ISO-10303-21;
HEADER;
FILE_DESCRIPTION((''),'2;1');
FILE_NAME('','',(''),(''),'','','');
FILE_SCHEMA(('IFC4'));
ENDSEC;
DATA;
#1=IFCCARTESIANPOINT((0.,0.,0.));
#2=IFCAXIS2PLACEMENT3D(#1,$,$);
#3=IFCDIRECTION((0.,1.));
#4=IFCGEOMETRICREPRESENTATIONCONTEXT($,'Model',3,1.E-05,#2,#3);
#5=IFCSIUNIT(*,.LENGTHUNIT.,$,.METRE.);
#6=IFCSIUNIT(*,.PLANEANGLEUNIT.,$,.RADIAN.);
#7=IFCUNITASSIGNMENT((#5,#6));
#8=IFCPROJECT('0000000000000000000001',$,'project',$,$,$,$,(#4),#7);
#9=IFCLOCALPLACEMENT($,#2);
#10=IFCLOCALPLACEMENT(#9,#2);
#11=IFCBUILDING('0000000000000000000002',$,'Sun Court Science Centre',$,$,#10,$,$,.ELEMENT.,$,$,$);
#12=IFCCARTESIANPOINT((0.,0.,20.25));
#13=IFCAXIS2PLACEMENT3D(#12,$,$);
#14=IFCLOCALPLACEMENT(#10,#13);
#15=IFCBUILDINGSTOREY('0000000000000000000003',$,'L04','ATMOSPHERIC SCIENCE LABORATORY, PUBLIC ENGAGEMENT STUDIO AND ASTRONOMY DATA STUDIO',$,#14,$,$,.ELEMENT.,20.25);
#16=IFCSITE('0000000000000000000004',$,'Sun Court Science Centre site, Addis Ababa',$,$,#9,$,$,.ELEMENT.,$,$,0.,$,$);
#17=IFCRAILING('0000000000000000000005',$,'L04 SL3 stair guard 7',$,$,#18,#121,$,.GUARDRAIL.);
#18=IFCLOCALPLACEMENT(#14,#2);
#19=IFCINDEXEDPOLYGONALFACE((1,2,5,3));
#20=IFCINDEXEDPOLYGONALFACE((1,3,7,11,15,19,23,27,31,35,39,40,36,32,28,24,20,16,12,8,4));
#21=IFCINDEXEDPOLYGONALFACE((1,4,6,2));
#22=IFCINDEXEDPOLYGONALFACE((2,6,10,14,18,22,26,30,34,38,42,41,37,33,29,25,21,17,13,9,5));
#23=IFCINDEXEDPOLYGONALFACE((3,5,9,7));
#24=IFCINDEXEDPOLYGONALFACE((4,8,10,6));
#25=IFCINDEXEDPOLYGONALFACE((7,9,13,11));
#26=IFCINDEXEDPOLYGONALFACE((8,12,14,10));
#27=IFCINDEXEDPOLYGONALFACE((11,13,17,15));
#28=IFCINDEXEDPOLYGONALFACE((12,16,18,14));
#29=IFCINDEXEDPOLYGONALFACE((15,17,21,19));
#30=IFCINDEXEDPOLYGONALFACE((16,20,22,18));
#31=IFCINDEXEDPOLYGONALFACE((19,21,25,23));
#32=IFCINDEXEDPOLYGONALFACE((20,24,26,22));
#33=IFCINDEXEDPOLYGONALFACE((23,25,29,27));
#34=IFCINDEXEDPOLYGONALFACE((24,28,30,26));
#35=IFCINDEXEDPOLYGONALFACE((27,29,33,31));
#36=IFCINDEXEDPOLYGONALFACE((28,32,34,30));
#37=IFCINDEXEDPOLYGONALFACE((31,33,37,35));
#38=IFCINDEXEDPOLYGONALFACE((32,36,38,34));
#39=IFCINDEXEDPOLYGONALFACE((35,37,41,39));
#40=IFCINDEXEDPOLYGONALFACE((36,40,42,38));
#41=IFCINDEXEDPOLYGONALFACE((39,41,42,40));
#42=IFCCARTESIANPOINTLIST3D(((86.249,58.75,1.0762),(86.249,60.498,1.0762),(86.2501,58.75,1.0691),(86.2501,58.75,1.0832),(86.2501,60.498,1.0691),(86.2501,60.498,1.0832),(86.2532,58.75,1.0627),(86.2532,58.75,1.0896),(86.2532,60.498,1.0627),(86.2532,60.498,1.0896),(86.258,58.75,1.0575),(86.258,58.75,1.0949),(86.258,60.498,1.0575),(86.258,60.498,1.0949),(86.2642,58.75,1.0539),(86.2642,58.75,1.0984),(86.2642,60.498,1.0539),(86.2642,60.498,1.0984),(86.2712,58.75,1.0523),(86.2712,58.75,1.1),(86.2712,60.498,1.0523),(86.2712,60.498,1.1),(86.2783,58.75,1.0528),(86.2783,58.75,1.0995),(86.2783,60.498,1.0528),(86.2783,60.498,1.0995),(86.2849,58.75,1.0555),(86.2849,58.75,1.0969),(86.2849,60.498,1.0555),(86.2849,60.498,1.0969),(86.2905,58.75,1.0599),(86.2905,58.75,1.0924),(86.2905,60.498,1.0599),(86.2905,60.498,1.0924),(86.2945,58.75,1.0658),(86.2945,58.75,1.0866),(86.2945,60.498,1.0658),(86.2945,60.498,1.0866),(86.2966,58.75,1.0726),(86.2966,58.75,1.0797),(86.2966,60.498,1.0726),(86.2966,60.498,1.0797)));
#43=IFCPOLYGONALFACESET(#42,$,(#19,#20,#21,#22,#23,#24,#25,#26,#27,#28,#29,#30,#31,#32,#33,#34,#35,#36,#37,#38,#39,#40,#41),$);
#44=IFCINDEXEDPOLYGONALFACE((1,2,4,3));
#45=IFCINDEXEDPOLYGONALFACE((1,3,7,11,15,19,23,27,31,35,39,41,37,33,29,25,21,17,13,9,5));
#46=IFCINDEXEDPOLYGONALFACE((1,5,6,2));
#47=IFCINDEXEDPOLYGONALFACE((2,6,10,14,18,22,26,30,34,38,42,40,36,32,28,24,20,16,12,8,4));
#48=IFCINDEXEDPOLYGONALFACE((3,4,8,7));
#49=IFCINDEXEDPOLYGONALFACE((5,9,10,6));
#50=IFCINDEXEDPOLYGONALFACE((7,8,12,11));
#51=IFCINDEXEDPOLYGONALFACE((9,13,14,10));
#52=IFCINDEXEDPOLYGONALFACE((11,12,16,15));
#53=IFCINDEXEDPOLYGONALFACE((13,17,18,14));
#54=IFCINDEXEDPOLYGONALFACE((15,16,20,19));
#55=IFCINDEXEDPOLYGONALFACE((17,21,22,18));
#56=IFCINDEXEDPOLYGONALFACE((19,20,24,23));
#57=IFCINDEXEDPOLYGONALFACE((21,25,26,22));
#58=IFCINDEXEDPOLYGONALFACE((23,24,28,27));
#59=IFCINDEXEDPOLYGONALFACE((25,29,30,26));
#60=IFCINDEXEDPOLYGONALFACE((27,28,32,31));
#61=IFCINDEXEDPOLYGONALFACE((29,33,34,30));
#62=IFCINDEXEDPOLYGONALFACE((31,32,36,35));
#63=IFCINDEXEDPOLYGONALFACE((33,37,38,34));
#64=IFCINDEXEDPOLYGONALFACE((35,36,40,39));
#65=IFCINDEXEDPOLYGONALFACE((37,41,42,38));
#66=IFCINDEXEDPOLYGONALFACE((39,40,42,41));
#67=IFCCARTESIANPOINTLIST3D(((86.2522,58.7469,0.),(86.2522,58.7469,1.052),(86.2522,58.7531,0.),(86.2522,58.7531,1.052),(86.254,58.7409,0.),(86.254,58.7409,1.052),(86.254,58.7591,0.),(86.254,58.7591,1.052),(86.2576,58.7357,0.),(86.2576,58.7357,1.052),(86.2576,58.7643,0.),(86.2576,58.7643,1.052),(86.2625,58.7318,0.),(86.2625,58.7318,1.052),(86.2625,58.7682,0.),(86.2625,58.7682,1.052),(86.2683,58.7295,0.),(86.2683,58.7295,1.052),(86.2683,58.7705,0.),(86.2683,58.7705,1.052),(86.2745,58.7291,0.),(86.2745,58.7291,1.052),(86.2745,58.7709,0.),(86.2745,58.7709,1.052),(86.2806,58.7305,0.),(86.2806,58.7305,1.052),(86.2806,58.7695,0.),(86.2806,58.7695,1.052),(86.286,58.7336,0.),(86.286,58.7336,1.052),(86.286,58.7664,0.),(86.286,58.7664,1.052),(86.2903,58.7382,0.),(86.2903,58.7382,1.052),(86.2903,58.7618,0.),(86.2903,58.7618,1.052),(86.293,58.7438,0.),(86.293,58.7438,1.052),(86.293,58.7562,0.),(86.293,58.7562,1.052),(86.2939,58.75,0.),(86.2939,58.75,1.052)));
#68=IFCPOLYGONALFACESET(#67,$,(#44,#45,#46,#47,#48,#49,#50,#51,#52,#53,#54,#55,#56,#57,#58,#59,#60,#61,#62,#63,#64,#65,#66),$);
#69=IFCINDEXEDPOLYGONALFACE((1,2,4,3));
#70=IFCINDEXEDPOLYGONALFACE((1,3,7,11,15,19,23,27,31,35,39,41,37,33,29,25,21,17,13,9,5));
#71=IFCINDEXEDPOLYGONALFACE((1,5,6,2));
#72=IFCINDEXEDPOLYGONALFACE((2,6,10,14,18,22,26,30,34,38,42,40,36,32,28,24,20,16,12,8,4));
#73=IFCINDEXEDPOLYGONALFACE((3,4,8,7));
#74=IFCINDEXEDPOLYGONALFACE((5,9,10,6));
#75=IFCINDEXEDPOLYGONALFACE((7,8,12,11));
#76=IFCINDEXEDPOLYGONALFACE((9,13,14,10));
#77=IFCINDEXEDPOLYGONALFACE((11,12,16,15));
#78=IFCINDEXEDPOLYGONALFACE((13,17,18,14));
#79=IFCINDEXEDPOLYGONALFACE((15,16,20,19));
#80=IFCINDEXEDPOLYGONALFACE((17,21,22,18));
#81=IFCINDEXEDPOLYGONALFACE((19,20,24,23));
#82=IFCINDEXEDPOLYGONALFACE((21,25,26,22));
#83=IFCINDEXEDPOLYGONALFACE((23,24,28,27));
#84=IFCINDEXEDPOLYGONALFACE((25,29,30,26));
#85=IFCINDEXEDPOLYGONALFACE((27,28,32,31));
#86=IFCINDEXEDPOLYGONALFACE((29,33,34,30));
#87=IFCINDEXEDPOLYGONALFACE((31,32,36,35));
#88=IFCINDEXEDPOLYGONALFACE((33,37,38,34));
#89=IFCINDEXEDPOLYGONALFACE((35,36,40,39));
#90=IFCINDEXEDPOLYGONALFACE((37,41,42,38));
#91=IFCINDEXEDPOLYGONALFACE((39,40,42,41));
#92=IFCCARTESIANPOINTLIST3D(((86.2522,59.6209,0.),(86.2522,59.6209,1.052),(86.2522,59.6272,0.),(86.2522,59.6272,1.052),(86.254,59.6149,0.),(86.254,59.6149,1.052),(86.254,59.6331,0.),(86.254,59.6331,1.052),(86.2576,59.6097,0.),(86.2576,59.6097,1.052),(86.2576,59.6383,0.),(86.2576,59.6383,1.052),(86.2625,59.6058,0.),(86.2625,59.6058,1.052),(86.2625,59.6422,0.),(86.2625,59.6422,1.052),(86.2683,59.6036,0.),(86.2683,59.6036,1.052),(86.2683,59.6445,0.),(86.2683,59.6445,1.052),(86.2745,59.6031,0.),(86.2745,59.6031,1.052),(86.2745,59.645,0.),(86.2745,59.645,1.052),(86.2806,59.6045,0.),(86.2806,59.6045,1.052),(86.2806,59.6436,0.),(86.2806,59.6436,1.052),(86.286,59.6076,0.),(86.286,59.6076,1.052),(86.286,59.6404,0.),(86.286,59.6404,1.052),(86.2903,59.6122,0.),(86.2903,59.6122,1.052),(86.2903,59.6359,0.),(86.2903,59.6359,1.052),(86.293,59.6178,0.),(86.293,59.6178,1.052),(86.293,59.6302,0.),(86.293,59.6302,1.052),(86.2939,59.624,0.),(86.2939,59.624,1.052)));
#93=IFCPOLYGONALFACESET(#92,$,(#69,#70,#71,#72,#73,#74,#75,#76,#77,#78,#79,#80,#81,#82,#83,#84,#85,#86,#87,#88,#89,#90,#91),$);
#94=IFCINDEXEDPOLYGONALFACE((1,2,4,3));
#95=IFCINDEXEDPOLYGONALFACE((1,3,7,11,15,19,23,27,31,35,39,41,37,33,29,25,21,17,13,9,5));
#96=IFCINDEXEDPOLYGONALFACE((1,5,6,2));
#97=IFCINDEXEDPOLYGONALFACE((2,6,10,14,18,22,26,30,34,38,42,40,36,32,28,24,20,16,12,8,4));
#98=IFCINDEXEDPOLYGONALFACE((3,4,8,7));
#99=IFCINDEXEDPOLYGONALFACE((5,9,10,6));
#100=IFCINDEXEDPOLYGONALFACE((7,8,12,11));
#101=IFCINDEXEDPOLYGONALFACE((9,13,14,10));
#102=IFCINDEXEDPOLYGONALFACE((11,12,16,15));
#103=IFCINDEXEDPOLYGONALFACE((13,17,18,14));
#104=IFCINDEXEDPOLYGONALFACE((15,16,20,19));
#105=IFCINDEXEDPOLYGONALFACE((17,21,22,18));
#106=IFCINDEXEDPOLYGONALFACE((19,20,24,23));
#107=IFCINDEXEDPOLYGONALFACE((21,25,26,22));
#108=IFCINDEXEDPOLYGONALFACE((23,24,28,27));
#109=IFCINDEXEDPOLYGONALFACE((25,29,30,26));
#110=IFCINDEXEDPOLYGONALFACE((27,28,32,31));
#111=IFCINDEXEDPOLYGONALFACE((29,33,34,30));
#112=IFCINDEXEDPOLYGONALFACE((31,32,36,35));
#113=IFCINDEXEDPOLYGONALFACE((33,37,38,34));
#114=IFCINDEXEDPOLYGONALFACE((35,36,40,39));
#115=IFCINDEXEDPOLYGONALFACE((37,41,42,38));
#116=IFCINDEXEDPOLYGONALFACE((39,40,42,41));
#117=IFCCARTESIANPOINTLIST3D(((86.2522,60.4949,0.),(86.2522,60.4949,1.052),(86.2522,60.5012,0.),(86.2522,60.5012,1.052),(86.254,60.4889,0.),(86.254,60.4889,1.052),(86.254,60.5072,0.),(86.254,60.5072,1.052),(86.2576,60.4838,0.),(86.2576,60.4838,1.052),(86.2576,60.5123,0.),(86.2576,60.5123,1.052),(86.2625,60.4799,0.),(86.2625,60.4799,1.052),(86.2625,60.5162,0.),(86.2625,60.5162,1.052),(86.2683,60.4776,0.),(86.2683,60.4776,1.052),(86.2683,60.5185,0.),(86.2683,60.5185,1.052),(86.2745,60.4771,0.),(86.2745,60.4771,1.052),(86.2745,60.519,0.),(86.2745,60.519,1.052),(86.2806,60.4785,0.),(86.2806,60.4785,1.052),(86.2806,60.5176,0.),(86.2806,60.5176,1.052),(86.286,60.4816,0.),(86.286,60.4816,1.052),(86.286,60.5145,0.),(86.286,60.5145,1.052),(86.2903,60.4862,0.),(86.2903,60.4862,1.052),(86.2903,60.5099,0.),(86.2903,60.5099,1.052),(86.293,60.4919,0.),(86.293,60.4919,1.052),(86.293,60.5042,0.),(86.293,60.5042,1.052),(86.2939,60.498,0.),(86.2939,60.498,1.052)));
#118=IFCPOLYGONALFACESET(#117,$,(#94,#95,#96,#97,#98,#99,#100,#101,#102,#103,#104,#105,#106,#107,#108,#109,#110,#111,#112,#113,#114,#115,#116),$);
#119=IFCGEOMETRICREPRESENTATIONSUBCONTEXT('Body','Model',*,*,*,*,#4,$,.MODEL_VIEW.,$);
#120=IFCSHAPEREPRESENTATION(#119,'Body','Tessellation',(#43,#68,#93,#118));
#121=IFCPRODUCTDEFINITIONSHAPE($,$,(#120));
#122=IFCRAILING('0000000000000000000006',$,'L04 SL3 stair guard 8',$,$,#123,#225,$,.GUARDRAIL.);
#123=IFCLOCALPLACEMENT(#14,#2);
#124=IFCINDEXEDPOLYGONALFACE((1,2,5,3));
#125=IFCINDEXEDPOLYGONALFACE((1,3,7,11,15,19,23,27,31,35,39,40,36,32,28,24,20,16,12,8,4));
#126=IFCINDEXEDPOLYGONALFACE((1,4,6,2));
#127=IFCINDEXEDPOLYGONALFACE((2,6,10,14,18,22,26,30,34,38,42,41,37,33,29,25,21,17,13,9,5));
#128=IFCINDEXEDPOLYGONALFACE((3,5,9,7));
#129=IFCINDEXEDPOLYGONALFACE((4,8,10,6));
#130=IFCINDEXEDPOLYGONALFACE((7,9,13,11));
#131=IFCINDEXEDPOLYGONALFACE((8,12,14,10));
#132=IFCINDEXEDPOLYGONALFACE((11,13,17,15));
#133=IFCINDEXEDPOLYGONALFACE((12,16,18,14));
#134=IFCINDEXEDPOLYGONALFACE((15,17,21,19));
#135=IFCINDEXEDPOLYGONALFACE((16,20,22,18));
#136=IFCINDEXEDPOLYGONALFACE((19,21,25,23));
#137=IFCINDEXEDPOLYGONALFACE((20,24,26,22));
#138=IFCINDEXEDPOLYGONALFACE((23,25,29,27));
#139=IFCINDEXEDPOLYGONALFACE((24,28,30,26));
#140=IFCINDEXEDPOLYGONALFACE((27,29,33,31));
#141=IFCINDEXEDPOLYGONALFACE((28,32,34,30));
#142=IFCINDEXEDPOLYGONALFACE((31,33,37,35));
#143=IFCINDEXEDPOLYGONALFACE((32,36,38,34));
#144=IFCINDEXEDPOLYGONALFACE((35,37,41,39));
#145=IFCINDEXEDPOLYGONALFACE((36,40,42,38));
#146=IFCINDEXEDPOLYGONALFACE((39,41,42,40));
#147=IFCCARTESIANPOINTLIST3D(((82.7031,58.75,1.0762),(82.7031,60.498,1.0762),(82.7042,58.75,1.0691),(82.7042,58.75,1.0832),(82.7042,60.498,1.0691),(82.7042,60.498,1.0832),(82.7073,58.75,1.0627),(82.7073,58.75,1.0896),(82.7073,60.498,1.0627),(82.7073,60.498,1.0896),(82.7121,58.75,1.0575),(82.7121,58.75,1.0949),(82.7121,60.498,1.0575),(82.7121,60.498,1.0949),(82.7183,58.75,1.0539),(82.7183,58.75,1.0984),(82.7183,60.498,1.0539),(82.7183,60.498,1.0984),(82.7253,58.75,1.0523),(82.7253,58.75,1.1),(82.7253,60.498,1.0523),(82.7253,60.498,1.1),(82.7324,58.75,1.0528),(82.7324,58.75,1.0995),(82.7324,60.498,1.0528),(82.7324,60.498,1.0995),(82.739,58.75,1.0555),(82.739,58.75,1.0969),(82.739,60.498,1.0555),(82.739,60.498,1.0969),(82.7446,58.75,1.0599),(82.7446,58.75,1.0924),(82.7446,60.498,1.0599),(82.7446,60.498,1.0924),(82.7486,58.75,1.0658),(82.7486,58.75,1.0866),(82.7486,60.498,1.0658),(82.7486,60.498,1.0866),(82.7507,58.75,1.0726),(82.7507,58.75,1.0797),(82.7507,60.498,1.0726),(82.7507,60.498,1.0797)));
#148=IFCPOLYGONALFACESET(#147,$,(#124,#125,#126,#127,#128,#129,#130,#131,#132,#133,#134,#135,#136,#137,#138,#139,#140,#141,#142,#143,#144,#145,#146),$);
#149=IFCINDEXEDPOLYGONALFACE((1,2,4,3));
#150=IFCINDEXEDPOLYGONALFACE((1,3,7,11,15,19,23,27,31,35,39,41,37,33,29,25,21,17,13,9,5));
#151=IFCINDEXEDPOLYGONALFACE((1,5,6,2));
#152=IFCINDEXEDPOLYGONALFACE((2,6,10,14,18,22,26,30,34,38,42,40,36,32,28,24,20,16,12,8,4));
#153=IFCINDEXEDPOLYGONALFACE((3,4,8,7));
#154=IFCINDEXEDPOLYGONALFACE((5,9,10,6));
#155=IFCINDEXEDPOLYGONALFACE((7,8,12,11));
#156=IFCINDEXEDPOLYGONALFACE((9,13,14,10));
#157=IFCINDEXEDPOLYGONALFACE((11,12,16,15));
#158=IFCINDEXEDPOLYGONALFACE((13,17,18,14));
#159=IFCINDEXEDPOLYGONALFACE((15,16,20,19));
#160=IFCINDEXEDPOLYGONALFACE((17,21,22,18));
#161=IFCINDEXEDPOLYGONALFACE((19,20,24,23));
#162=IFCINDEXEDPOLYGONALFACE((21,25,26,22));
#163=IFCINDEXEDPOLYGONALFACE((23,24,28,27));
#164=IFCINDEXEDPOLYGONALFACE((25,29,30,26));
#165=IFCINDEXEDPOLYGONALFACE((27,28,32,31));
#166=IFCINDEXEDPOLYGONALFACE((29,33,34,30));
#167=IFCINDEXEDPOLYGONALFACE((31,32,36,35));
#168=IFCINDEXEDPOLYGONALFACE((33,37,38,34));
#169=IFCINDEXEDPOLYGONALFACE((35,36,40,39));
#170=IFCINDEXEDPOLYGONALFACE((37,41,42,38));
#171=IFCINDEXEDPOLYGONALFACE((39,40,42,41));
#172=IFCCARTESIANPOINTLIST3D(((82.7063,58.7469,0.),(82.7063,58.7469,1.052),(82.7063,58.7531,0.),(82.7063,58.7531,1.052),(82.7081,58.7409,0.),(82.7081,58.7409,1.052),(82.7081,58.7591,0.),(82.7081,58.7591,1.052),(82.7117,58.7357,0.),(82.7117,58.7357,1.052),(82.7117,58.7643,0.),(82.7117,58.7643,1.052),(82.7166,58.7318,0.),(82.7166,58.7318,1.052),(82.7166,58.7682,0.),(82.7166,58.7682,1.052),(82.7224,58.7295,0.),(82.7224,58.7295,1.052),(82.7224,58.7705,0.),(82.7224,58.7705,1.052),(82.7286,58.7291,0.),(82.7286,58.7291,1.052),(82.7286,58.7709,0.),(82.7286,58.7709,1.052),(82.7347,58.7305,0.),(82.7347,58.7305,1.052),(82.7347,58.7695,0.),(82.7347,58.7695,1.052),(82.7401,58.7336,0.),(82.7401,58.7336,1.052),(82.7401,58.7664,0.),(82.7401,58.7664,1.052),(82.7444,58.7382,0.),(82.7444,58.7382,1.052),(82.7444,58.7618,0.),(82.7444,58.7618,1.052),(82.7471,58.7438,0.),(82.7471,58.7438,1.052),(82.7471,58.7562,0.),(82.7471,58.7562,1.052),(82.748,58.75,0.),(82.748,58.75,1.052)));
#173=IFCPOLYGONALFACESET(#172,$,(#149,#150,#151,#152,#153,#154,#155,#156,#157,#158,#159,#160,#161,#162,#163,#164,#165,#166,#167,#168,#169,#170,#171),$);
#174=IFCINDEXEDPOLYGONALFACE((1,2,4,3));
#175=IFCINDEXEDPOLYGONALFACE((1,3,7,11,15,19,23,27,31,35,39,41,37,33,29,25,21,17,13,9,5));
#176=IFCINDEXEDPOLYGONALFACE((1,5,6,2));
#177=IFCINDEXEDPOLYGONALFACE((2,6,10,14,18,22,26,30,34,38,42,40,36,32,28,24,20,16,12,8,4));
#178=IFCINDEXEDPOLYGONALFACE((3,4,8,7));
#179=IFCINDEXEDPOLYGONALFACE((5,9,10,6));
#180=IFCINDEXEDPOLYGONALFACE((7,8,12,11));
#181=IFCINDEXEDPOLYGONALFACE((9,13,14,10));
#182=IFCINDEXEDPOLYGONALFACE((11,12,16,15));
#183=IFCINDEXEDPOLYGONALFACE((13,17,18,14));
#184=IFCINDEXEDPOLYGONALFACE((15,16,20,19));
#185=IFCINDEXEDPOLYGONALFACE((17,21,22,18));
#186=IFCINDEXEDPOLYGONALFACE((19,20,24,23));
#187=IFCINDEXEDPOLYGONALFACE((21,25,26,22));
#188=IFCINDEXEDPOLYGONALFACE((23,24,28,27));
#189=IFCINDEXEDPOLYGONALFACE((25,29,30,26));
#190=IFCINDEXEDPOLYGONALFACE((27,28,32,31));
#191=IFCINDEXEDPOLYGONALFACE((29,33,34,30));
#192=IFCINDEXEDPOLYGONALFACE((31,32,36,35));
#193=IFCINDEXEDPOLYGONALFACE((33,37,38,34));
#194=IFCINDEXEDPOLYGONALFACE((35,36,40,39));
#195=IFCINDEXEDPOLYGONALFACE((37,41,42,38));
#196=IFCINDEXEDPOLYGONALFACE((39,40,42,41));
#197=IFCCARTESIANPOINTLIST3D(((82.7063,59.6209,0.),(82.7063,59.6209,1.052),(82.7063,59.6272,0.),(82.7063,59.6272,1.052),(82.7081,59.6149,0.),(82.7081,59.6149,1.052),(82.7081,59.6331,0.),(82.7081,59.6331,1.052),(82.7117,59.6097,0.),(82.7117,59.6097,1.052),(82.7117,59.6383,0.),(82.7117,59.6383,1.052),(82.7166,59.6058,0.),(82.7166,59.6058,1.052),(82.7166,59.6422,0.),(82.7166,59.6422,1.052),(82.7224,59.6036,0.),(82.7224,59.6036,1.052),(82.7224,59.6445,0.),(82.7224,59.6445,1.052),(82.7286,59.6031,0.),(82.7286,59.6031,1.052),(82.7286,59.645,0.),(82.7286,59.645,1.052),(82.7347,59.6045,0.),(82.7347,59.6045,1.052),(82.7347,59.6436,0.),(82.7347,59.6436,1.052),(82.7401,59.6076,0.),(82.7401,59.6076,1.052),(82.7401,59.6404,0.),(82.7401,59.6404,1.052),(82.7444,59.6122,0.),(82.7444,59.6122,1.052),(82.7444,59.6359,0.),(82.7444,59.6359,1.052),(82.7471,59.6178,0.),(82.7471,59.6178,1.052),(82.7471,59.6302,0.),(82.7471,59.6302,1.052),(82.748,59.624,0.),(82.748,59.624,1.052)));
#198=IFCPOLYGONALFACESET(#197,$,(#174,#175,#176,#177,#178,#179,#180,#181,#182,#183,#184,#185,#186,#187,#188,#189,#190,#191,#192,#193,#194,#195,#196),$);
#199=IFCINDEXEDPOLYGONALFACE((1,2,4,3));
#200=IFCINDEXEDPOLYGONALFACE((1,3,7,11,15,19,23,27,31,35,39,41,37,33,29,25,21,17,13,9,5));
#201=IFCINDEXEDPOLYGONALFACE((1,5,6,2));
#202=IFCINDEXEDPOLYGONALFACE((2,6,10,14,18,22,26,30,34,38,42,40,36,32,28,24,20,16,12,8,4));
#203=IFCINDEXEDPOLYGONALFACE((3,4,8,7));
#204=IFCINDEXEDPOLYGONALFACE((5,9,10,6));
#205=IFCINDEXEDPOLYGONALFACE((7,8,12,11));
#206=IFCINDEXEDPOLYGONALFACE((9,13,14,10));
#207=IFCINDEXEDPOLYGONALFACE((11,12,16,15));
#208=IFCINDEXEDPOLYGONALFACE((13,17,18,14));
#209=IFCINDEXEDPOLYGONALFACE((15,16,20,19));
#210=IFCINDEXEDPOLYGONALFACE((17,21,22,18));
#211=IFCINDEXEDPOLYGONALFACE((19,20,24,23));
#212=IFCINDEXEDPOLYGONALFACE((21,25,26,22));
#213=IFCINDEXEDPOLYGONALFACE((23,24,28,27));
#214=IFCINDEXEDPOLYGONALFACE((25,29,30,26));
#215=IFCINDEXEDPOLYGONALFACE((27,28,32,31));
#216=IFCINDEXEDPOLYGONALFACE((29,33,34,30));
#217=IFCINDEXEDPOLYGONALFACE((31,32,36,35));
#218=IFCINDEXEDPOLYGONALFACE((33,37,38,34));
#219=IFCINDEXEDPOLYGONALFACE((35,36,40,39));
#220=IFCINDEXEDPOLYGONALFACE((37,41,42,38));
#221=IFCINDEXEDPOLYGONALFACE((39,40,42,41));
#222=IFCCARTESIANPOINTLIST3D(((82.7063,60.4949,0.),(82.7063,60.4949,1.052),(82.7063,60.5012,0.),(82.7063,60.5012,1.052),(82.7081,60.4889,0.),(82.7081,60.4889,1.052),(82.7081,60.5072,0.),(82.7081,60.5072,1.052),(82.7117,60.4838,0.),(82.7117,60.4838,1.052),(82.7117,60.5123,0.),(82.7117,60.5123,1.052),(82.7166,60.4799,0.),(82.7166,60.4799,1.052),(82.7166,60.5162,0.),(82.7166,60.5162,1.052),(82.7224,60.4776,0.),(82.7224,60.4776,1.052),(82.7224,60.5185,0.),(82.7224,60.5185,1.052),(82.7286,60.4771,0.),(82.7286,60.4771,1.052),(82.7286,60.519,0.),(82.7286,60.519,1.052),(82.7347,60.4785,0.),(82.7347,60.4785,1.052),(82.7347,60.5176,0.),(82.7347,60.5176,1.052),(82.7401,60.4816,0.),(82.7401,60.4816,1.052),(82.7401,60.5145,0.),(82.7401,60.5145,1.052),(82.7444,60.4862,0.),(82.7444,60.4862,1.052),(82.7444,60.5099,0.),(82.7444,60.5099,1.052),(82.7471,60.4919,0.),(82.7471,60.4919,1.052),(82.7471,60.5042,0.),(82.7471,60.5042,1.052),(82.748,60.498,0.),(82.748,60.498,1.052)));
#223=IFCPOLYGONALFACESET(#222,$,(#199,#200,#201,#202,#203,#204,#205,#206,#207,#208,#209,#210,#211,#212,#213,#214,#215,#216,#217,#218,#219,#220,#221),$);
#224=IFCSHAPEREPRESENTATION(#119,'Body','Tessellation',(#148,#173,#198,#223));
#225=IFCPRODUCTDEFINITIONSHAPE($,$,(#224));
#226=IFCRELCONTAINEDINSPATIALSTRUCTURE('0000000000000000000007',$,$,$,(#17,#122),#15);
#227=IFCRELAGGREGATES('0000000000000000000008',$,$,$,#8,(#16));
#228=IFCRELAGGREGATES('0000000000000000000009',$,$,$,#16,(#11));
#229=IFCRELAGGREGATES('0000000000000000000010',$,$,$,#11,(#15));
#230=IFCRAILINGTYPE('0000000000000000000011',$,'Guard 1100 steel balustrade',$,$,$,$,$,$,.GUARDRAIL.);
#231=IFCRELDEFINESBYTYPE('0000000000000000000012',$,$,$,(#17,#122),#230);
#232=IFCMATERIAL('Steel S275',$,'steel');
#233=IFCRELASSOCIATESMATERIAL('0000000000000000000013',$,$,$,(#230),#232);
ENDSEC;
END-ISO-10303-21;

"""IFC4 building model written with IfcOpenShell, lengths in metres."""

from ifc_helpers import new_model, si_unit, direction, frame, origin, origin_2d, place, context, subcontext, project, spatial, circle, extrude, material, type_object, element, save


model = new_model("IFC4")

# Units and contexts
model_context = context("Model", 3, precision=1e-05, world=origin(), true_north=direction((0.0, 1.0)))
body_context = subcontext(model_context, "Body", "Model", "MODEL_VIEW")
ifc_project = project(units=[si_unit("LENGTHUNIT", "METRE"), si_unit("PLANEANGLEUNIT", "RADIAN")], contexts=[model_context])

# Site, building, storey
site_placement = place(None, origin())
site = spatial("IfcSite", under=ifc_project, at=site_placement, Name="Sun Court Science Centre site, Addis Ababa", CompositionType="ELEMENT", RefElevation=0.0)
building_placement = place(site_placement, origin())
building = spatial("IfcBuilding", under=site, at=building_placement, Name="Sun Court Science Centre", CompositionType="ELEMENT")
storey_placement = place(building_placement, frame((0.0, 0.0, 20.25)))
storey = spatial("IfcBuildingStorey", under=building, at=storey_placement, Name="L04", Description="ATMOSPHERIC SCIENCE LABORATORY, PUBLIC ENGAGEMENT STUDIO AND ASTRONOMY DATA STUDIO", CompositionType="ELEMENT", Elevation=20.25)

# Railings
ifc_material_1 = material(Name="Steel S275", Category="steel")
railing_type_1 = type_object("IfcRailingType", Name="Guard 1100 steel balustrade", PredefinedType="GUARDRAIL", material=ifc_material_1)
for number, where, name in (
    (1, (86.2729, 58.75, 0.0), "L04 SL3 stair guard 7"),
    (2, (82.7271, 58.75, 0.0), "L04 SL3 stair guard 8"),
):
    element("IfcRailing", number, at=place(storey_placement, frame(where)), inside=storey, type_object=railing_type_1, Name=name, PredefinedType="GUARDRAIL", context=body_context, shape_type="SweptSolid", body=[
        extrude(circle(Radius=0.0239, at=origin_2d()), frame((0.0, 0.0, 1.0762), z_axis=(0.0, 1.0, 0.0), x_axis=(-1.0, 0.0, 0.0)), (0.0, 0.0, 1.0), 1.748),
        extrude(circle(Radius=0.021, at=origin_2d()), origin(), (0.0, 0.0, 1.0), 1.052),
        extrude(circle(Radius=0.021, at=origin_2d()), frame((0.0, 0.874, 0.0)), (0.0, 0.0, 1.0), 1.052),
        extrude(circle(Radius=0.021, at=origin_2d()), frame((0.0, 1.748, 0.0)), (0.0, 0.0, 1.0), 1.052),
    ])

save(model, "model.ifc")
